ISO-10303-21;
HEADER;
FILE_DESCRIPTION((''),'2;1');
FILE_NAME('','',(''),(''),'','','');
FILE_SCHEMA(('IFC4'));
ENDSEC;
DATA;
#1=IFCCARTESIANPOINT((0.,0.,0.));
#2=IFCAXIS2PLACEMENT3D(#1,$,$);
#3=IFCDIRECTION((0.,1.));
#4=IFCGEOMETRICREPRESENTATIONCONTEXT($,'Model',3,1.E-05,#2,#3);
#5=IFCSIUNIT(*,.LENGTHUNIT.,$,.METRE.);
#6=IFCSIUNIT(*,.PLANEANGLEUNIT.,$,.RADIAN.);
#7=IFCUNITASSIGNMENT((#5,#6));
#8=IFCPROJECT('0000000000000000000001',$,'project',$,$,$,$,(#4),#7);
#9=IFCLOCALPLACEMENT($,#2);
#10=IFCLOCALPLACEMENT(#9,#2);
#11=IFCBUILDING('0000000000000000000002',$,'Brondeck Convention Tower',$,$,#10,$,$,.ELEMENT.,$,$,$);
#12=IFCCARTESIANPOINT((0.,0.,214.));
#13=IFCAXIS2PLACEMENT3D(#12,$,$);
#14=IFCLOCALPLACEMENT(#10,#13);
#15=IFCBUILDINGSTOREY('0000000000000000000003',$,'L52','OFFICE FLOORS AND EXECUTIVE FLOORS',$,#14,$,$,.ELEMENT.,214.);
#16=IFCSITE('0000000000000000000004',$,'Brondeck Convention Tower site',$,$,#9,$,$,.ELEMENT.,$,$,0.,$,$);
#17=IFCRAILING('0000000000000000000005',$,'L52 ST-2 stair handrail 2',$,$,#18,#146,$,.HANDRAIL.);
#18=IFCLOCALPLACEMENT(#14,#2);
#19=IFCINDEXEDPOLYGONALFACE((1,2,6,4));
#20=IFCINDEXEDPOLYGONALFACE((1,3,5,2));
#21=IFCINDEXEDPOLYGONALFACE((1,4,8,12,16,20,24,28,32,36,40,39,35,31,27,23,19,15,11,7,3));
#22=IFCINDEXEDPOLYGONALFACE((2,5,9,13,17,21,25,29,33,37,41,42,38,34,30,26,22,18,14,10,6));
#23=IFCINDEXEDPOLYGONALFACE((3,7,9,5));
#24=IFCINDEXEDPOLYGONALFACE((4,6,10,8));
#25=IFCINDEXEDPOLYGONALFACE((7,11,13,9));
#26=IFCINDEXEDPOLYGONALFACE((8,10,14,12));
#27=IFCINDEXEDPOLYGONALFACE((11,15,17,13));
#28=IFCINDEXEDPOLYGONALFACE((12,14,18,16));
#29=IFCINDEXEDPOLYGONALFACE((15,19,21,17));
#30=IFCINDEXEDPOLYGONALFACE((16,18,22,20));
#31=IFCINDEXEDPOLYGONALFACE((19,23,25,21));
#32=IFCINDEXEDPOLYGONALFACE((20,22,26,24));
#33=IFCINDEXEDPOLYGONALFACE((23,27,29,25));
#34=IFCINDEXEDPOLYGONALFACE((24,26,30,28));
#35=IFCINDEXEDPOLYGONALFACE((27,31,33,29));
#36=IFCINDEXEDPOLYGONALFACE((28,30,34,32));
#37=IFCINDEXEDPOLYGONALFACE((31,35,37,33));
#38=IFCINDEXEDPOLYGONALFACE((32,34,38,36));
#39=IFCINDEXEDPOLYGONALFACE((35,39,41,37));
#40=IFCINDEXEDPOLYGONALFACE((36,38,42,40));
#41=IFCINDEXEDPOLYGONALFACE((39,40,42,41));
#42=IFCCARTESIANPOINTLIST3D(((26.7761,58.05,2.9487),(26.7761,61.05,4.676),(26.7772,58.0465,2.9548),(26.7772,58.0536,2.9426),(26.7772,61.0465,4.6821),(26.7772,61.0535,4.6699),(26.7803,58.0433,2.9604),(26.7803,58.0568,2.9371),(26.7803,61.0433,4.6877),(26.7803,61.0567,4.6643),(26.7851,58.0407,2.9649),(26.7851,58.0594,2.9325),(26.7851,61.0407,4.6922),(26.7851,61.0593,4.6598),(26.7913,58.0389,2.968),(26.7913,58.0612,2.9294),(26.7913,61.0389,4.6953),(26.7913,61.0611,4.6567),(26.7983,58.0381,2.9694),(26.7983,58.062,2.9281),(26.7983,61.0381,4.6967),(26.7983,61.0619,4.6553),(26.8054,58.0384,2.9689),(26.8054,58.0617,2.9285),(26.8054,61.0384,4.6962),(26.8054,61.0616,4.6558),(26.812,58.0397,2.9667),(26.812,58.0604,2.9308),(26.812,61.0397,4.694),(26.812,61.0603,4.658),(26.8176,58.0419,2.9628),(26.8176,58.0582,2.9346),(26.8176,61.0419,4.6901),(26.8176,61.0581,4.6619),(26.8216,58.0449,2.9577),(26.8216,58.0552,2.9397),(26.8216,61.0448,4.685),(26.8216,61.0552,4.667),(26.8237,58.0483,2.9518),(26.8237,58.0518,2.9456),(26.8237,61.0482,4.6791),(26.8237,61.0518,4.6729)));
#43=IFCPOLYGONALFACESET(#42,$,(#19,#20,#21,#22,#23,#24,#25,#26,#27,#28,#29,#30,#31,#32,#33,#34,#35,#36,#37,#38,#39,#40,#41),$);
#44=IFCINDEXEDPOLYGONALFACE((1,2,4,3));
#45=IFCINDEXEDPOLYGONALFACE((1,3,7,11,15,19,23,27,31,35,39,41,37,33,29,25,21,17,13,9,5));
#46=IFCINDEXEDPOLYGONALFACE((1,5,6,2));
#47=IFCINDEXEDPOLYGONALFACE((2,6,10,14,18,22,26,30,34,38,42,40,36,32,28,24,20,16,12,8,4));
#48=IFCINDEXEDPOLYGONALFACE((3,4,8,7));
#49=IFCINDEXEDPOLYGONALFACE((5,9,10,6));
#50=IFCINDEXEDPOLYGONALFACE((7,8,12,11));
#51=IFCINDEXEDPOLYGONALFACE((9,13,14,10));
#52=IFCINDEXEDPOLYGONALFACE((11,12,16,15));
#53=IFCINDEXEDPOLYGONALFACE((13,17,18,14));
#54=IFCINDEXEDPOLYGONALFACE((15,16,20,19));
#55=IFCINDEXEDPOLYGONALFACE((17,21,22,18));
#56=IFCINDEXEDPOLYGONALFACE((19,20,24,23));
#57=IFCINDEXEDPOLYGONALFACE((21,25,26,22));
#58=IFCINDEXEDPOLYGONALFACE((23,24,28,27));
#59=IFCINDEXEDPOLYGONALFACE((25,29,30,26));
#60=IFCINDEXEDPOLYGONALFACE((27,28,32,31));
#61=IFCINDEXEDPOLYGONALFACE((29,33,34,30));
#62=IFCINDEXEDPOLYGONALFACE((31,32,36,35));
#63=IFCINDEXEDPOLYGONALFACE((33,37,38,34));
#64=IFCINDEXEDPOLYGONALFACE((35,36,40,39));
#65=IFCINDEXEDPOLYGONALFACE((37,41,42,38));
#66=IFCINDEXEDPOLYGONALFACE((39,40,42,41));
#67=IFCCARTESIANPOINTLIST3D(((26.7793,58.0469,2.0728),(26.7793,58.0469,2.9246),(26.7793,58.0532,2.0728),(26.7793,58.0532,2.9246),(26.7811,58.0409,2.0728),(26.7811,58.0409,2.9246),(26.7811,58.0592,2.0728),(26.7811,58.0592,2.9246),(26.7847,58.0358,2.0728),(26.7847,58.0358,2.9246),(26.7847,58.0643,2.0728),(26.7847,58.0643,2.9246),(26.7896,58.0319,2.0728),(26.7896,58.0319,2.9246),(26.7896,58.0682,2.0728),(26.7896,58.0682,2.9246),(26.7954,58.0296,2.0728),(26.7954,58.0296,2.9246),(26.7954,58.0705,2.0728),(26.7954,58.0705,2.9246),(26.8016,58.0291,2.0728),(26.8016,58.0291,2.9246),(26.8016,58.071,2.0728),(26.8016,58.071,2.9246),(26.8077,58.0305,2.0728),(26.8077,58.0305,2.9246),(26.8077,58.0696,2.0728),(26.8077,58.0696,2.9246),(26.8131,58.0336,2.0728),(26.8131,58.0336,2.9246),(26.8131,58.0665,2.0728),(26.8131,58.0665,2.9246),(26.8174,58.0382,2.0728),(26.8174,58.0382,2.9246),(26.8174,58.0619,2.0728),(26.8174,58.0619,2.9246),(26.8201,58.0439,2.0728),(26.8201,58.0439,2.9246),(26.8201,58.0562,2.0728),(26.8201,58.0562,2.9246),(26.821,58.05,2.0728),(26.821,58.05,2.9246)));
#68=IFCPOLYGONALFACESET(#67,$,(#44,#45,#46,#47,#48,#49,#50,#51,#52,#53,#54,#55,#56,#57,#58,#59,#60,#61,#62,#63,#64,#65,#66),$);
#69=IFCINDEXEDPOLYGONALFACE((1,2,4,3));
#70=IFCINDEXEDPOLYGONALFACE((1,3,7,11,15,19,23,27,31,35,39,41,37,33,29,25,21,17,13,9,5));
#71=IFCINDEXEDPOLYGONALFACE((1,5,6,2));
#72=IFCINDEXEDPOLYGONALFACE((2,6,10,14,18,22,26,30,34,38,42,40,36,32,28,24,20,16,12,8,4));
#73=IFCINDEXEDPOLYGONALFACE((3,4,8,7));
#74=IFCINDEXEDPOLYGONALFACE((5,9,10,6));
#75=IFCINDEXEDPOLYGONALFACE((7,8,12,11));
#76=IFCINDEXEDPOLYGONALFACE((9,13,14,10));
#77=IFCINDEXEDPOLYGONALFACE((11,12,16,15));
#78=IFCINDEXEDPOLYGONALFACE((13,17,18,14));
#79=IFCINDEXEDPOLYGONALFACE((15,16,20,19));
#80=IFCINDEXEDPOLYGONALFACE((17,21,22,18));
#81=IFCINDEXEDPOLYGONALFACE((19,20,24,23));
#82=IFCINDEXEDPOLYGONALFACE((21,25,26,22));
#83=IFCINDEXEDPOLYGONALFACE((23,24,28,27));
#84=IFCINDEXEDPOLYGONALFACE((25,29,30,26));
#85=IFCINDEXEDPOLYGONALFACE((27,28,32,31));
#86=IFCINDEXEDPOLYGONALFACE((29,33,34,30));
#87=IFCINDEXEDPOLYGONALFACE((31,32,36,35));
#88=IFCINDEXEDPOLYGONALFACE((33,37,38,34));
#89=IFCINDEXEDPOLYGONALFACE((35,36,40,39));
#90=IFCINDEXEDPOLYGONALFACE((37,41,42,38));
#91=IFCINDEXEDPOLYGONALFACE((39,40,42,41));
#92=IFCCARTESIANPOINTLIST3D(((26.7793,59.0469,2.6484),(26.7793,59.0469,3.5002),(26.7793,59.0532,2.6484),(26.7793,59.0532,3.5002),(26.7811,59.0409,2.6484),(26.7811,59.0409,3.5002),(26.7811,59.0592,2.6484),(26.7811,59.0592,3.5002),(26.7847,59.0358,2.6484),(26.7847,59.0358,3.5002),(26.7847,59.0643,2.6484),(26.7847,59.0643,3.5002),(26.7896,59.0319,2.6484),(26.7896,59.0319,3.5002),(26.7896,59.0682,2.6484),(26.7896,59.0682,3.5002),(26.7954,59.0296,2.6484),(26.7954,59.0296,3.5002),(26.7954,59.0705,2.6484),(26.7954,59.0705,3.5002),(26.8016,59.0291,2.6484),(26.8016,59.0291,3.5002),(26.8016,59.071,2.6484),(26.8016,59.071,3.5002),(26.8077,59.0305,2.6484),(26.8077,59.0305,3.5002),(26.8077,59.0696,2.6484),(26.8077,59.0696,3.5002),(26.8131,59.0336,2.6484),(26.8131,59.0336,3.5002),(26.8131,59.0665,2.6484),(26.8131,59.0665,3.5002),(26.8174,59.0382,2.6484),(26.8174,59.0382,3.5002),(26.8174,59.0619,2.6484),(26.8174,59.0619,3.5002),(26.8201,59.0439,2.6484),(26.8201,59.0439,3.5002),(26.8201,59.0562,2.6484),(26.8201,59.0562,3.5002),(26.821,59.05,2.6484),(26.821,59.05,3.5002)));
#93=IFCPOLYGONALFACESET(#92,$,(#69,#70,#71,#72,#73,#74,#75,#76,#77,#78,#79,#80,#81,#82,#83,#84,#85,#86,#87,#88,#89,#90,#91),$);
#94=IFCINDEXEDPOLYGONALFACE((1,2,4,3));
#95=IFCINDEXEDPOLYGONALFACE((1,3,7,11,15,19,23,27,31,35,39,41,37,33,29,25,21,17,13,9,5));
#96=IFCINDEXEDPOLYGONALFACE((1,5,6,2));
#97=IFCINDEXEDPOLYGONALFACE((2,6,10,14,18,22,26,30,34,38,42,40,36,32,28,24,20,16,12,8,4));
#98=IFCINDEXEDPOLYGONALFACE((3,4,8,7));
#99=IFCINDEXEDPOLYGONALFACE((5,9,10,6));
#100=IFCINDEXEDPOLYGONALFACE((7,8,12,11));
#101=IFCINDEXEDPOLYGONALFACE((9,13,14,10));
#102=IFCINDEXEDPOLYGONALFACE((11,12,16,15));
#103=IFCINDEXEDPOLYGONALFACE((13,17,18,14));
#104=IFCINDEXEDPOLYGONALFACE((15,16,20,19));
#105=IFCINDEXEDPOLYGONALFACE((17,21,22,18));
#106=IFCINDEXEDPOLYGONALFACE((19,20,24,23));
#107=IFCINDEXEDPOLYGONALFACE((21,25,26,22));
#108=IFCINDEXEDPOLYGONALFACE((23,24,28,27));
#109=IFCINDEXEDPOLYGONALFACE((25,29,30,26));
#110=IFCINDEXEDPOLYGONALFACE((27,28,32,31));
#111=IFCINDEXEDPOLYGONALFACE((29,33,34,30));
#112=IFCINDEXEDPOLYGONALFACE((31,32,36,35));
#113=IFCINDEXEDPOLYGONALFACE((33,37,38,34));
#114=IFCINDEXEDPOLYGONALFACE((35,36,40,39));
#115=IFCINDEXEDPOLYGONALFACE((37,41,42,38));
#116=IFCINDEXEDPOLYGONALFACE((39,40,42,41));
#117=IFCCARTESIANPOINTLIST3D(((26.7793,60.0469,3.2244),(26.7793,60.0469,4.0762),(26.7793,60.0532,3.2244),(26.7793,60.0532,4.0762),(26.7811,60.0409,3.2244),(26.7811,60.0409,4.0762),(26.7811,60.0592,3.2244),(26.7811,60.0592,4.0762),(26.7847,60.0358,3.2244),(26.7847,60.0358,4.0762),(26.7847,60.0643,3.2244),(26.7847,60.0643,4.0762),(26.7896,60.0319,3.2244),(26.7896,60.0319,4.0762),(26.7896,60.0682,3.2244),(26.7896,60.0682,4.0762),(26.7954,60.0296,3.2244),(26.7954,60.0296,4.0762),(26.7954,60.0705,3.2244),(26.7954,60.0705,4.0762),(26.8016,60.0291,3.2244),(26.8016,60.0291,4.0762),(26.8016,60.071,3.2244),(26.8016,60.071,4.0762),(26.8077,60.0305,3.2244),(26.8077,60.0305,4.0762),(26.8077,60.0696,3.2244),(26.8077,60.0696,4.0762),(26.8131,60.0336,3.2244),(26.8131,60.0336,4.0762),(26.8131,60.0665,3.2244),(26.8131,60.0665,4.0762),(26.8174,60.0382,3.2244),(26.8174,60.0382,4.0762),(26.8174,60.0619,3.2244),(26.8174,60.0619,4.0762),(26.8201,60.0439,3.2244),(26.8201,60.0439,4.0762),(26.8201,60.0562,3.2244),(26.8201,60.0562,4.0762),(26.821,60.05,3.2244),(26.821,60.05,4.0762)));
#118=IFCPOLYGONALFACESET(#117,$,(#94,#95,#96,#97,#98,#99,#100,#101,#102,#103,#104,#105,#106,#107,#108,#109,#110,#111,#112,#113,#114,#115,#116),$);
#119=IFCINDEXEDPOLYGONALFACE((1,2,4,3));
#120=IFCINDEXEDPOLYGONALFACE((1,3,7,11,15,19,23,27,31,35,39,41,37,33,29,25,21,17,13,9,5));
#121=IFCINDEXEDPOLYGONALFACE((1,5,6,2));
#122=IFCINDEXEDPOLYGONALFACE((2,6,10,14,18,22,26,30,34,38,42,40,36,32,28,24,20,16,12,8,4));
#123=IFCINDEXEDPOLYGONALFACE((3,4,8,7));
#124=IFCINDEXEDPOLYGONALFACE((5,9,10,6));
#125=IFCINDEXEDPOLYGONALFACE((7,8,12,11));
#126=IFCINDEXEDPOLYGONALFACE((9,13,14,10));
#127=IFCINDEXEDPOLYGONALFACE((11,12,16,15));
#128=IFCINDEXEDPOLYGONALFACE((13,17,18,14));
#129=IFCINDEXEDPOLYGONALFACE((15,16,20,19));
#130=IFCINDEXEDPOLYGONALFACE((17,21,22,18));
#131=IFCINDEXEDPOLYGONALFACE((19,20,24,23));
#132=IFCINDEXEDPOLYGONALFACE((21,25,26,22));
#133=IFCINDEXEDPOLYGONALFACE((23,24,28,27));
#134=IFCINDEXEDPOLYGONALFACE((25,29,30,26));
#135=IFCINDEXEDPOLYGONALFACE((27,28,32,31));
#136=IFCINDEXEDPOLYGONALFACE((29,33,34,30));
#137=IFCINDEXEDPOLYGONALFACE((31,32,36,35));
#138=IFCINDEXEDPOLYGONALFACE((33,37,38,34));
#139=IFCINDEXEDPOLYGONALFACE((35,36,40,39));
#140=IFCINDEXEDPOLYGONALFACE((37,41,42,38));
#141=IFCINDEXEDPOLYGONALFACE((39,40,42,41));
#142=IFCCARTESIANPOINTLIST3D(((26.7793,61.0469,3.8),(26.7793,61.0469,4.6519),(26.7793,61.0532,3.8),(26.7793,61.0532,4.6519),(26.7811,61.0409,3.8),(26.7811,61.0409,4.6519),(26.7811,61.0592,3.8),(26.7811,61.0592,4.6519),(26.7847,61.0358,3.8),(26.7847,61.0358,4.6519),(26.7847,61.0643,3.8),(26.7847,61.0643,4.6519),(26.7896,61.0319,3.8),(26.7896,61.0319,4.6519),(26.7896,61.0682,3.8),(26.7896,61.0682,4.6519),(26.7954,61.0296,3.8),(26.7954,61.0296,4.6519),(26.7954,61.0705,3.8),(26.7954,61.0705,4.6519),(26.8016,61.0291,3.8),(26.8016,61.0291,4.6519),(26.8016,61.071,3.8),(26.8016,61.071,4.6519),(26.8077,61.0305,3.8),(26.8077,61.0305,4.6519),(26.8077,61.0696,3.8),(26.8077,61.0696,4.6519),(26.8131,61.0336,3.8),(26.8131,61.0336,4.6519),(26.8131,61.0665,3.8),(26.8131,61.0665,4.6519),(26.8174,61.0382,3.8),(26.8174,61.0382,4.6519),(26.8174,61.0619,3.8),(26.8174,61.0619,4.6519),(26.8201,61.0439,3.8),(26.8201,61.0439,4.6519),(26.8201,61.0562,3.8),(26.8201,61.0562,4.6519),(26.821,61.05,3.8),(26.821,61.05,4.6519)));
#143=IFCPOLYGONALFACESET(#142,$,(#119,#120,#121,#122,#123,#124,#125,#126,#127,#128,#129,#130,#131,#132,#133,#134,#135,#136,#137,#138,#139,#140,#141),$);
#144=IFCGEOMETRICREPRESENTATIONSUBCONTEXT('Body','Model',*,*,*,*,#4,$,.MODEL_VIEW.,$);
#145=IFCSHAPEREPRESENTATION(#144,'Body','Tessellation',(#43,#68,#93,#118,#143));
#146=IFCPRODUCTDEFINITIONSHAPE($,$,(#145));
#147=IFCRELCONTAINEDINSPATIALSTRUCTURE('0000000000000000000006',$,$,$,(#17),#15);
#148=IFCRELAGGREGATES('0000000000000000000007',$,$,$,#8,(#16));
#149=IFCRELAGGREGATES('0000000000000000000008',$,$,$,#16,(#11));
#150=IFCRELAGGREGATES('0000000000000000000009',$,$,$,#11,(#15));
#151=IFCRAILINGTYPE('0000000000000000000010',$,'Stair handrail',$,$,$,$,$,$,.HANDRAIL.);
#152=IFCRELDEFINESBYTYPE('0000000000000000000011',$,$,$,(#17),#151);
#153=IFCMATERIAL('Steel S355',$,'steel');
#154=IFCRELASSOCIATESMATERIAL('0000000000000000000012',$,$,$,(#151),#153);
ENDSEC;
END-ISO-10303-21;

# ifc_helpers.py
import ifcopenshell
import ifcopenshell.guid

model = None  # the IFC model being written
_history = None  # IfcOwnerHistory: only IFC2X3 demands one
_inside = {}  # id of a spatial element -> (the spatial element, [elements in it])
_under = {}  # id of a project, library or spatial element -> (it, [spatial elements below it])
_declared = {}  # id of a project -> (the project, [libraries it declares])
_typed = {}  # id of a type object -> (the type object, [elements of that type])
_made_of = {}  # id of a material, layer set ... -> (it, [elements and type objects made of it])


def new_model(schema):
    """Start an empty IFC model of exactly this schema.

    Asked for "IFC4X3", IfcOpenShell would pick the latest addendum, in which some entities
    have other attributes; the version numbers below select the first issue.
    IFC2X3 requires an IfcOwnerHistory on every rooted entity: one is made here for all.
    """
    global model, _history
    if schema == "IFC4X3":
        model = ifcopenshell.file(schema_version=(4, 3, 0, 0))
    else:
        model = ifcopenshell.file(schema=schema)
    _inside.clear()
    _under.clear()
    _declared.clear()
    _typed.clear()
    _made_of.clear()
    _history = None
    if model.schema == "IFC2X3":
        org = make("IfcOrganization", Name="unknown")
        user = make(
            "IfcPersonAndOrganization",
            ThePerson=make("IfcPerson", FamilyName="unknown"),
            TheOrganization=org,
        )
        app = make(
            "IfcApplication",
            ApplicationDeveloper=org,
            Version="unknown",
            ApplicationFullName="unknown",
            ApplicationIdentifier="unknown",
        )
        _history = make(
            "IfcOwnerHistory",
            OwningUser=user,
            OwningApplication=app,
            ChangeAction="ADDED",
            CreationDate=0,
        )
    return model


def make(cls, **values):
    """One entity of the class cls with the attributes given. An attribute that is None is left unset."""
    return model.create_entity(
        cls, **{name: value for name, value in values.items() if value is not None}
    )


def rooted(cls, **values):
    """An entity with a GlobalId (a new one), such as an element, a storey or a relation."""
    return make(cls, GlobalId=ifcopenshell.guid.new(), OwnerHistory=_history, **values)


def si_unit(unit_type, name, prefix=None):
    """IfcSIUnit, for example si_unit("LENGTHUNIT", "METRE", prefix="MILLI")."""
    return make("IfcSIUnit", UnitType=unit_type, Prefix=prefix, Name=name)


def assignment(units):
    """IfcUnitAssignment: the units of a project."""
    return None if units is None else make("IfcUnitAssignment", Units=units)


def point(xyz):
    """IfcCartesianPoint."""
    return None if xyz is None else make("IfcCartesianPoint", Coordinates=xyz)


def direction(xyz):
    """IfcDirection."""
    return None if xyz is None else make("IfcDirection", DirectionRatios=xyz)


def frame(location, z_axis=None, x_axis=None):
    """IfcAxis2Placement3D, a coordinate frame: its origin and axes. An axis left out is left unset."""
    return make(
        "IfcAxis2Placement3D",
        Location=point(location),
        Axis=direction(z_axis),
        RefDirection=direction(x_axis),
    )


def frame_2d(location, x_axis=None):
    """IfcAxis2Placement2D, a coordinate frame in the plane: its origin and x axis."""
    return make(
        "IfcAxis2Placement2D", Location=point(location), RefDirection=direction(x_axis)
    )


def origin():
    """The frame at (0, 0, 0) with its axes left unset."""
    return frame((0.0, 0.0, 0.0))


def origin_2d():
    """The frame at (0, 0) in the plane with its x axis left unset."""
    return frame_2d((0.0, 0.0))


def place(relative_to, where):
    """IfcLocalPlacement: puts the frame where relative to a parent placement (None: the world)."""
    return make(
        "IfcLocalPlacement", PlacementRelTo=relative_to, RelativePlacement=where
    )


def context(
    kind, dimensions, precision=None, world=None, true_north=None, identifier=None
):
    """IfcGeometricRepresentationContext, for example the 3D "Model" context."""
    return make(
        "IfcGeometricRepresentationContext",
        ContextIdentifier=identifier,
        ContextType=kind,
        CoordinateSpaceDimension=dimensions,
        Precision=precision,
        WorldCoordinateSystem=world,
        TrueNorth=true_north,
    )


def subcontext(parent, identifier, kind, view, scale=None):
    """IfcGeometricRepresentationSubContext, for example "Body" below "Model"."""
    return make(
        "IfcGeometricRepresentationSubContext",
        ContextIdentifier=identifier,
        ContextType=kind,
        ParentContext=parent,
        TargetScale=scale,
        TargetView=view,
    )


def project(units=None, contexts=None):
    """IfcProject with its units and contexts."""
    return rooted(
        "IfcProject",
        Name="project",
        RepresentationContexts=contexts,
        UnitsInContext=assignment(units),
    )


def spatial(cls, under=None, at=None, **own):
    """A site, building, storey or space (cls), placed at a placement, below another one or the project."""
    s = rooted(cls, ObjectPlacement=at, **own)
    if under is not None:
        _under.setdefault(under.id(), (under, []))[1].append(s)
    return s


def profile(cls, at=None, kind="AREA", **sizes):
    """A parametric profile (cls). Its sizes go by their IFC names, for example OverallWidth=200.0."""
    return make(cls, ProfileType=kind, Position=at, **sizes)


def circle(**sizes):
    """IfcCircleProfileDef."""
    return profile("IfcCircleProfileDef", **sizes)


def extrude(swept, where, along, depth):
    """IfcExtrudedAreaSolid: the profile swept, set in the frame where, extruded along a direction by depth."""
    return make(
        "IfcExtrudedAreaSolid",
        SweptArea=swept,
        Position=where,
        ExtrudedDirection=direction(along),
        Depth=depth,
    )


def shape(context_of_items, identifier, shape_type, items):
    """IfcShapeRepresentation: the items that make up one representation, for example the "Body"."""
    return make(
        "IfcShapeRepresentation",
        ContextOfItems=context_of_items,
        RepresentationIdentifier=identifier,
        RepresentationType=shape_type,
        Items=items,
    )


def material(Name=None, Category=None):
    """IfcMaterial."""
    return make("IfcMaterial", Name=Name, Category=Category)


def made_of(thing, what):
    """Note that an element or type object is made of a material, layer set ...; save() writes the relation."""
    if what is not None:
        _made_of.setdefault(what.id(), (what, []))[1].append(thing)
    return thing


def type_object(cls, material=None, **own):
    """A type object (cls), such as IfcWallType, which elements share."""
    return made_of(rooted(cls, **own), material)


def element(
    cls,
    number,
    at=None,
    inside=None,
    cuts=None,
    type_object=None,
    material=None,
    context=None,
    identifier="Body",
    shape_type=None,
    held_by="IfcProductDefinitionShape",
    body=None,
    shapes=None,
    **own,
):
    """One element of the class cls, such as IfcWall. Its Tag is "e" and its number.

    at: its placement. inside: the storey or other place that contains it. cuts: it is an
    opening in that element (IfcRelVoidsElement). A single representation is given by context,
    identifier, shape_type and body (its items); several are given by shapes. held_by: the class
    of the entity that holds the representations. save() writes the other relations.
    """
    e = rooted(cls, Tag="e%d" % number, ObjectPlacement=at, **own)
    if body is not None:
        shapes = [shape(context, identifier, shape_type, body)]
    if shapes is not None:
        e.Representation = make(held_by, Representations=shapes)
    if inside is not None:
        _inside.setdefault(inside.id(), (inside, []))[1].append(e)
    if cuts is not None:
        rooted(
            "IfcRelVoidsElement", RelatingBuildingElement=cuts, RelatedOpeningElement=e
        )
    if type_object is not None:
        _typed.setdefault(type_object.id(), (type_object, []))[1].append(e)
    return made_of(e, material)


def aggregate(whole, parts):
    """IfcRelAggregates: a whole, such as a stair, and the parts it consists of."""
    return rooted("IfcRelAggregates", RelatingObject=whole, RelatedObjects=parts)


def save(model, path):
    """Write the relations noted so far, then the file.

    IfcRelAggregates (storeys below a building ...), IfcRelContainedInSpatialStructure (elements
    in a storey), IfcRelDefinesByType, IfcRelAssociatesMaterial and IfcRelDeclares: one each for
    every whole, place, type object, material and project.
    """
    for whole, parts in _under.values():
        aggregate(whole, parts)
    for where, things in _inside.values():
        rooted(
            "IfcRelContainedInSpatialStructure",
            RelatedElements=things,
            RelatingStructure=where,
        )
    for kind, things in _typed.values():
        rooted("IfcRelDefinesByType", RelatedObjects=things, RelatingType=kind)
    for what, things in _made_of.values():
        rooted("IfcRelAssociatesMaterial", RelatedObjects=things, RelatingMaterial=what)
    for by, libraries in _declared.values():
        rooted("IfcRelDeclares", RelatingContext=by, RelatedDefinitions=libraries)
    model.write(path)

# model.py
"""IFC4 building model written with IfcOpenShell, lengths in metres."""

from ifc_helpers import new_model, si_unit, direction, frame, origin, origin_2d, place, context, subcontext, project, spatial, circle, extrude, material, type_object, element, save


model = new_model("IFC4")

# Units and contexts
model_context = context("Model", 3, precision=1e-05, world=origin(), true_north=direction((0.0, 1.0)))
body_context = subcontext(model_context, "Body", "Model", "MODEL_VIEW")
ifc_project = project(units=[si_unit("LENGTHUNIT", "METRE"), si_unit("PLANEANGLEUNIT", "RADIAN")], contexts=[model_context])

# Site, building, storey
site_placement = place(None, origin())
site = spatial("IfcSite", under=ifc_project, at=site_placement, Name="Brondeck Convention Tower site", CompositionType="ELEMENT", RefElevation=0.0)
building_placement = place(site_placement, origin())
building = spatial("IfcBuilding", under=site, at=building_placement, Name="Brondeck Convention Tower", CompositionType="ELEMENT")
storey_placement = place(building_placement, frame((0.0, 0.0, 214.0)))
storey = spatial("IfcBuildingStorey", under=building, at=storey_placement, Name="L52", Description="OFFICE FLOORS AND EXECUTIVE FLOORS", CompositionType="ELEMENT", Elevation=214.0)

# Railing
ifc_material_1 = material(Name="Steel S355", Category="steel")
railing_type_1 = type_object("IfcRailingType", Name="Stair handrail", PredefinedType="HANDRAIL", material=ifc_material_1)
railing_1_placement = place(storey_placement, frame((26.8, 58.05, 2.0728)))
element("IfcRailing", 1, at=railing_1_placement, inside=storey, type_object=railing_type_1, Name="L52 ST-2 stair handrail 2", PredefinedType="HANDRAIL", context=body_context, shape_type="SweptSolid", body=[
    extrude(circle(Radius=0.0239, at=origin_2d()), frame((0.0, 0.0, 0.876), z_axis=(0.0, 0.86662, 0.498969), x_axis=(-1.0, 0.0, 0.0)), (0.0, 0.0, 1.0), 3.4617),
    extrude(circle(Radius=0.021, at=origin_2d()), origin(), (0.0, 0.0, 1.0), 0.8518),
    extrude(circle(Radius=0.021, at=origin_2d()), frame((0.0, 1.0, 0.5757)), (0.0, 0.0, 1.0), 0.8518),
    extrude(circle(Radius=0.021, at=origin_2d()), frame((0.0, 2.0, 1.1516)), (0.0, 0.0, 1.0), 0.8518),
    extrude(circle(Radius=0.021, at=origin_2d()), frame((0.0, 3.0, 1.7273)), (0.0, 0.0, 1.0), 0.8518),
])

save(model, "model.ifc")
